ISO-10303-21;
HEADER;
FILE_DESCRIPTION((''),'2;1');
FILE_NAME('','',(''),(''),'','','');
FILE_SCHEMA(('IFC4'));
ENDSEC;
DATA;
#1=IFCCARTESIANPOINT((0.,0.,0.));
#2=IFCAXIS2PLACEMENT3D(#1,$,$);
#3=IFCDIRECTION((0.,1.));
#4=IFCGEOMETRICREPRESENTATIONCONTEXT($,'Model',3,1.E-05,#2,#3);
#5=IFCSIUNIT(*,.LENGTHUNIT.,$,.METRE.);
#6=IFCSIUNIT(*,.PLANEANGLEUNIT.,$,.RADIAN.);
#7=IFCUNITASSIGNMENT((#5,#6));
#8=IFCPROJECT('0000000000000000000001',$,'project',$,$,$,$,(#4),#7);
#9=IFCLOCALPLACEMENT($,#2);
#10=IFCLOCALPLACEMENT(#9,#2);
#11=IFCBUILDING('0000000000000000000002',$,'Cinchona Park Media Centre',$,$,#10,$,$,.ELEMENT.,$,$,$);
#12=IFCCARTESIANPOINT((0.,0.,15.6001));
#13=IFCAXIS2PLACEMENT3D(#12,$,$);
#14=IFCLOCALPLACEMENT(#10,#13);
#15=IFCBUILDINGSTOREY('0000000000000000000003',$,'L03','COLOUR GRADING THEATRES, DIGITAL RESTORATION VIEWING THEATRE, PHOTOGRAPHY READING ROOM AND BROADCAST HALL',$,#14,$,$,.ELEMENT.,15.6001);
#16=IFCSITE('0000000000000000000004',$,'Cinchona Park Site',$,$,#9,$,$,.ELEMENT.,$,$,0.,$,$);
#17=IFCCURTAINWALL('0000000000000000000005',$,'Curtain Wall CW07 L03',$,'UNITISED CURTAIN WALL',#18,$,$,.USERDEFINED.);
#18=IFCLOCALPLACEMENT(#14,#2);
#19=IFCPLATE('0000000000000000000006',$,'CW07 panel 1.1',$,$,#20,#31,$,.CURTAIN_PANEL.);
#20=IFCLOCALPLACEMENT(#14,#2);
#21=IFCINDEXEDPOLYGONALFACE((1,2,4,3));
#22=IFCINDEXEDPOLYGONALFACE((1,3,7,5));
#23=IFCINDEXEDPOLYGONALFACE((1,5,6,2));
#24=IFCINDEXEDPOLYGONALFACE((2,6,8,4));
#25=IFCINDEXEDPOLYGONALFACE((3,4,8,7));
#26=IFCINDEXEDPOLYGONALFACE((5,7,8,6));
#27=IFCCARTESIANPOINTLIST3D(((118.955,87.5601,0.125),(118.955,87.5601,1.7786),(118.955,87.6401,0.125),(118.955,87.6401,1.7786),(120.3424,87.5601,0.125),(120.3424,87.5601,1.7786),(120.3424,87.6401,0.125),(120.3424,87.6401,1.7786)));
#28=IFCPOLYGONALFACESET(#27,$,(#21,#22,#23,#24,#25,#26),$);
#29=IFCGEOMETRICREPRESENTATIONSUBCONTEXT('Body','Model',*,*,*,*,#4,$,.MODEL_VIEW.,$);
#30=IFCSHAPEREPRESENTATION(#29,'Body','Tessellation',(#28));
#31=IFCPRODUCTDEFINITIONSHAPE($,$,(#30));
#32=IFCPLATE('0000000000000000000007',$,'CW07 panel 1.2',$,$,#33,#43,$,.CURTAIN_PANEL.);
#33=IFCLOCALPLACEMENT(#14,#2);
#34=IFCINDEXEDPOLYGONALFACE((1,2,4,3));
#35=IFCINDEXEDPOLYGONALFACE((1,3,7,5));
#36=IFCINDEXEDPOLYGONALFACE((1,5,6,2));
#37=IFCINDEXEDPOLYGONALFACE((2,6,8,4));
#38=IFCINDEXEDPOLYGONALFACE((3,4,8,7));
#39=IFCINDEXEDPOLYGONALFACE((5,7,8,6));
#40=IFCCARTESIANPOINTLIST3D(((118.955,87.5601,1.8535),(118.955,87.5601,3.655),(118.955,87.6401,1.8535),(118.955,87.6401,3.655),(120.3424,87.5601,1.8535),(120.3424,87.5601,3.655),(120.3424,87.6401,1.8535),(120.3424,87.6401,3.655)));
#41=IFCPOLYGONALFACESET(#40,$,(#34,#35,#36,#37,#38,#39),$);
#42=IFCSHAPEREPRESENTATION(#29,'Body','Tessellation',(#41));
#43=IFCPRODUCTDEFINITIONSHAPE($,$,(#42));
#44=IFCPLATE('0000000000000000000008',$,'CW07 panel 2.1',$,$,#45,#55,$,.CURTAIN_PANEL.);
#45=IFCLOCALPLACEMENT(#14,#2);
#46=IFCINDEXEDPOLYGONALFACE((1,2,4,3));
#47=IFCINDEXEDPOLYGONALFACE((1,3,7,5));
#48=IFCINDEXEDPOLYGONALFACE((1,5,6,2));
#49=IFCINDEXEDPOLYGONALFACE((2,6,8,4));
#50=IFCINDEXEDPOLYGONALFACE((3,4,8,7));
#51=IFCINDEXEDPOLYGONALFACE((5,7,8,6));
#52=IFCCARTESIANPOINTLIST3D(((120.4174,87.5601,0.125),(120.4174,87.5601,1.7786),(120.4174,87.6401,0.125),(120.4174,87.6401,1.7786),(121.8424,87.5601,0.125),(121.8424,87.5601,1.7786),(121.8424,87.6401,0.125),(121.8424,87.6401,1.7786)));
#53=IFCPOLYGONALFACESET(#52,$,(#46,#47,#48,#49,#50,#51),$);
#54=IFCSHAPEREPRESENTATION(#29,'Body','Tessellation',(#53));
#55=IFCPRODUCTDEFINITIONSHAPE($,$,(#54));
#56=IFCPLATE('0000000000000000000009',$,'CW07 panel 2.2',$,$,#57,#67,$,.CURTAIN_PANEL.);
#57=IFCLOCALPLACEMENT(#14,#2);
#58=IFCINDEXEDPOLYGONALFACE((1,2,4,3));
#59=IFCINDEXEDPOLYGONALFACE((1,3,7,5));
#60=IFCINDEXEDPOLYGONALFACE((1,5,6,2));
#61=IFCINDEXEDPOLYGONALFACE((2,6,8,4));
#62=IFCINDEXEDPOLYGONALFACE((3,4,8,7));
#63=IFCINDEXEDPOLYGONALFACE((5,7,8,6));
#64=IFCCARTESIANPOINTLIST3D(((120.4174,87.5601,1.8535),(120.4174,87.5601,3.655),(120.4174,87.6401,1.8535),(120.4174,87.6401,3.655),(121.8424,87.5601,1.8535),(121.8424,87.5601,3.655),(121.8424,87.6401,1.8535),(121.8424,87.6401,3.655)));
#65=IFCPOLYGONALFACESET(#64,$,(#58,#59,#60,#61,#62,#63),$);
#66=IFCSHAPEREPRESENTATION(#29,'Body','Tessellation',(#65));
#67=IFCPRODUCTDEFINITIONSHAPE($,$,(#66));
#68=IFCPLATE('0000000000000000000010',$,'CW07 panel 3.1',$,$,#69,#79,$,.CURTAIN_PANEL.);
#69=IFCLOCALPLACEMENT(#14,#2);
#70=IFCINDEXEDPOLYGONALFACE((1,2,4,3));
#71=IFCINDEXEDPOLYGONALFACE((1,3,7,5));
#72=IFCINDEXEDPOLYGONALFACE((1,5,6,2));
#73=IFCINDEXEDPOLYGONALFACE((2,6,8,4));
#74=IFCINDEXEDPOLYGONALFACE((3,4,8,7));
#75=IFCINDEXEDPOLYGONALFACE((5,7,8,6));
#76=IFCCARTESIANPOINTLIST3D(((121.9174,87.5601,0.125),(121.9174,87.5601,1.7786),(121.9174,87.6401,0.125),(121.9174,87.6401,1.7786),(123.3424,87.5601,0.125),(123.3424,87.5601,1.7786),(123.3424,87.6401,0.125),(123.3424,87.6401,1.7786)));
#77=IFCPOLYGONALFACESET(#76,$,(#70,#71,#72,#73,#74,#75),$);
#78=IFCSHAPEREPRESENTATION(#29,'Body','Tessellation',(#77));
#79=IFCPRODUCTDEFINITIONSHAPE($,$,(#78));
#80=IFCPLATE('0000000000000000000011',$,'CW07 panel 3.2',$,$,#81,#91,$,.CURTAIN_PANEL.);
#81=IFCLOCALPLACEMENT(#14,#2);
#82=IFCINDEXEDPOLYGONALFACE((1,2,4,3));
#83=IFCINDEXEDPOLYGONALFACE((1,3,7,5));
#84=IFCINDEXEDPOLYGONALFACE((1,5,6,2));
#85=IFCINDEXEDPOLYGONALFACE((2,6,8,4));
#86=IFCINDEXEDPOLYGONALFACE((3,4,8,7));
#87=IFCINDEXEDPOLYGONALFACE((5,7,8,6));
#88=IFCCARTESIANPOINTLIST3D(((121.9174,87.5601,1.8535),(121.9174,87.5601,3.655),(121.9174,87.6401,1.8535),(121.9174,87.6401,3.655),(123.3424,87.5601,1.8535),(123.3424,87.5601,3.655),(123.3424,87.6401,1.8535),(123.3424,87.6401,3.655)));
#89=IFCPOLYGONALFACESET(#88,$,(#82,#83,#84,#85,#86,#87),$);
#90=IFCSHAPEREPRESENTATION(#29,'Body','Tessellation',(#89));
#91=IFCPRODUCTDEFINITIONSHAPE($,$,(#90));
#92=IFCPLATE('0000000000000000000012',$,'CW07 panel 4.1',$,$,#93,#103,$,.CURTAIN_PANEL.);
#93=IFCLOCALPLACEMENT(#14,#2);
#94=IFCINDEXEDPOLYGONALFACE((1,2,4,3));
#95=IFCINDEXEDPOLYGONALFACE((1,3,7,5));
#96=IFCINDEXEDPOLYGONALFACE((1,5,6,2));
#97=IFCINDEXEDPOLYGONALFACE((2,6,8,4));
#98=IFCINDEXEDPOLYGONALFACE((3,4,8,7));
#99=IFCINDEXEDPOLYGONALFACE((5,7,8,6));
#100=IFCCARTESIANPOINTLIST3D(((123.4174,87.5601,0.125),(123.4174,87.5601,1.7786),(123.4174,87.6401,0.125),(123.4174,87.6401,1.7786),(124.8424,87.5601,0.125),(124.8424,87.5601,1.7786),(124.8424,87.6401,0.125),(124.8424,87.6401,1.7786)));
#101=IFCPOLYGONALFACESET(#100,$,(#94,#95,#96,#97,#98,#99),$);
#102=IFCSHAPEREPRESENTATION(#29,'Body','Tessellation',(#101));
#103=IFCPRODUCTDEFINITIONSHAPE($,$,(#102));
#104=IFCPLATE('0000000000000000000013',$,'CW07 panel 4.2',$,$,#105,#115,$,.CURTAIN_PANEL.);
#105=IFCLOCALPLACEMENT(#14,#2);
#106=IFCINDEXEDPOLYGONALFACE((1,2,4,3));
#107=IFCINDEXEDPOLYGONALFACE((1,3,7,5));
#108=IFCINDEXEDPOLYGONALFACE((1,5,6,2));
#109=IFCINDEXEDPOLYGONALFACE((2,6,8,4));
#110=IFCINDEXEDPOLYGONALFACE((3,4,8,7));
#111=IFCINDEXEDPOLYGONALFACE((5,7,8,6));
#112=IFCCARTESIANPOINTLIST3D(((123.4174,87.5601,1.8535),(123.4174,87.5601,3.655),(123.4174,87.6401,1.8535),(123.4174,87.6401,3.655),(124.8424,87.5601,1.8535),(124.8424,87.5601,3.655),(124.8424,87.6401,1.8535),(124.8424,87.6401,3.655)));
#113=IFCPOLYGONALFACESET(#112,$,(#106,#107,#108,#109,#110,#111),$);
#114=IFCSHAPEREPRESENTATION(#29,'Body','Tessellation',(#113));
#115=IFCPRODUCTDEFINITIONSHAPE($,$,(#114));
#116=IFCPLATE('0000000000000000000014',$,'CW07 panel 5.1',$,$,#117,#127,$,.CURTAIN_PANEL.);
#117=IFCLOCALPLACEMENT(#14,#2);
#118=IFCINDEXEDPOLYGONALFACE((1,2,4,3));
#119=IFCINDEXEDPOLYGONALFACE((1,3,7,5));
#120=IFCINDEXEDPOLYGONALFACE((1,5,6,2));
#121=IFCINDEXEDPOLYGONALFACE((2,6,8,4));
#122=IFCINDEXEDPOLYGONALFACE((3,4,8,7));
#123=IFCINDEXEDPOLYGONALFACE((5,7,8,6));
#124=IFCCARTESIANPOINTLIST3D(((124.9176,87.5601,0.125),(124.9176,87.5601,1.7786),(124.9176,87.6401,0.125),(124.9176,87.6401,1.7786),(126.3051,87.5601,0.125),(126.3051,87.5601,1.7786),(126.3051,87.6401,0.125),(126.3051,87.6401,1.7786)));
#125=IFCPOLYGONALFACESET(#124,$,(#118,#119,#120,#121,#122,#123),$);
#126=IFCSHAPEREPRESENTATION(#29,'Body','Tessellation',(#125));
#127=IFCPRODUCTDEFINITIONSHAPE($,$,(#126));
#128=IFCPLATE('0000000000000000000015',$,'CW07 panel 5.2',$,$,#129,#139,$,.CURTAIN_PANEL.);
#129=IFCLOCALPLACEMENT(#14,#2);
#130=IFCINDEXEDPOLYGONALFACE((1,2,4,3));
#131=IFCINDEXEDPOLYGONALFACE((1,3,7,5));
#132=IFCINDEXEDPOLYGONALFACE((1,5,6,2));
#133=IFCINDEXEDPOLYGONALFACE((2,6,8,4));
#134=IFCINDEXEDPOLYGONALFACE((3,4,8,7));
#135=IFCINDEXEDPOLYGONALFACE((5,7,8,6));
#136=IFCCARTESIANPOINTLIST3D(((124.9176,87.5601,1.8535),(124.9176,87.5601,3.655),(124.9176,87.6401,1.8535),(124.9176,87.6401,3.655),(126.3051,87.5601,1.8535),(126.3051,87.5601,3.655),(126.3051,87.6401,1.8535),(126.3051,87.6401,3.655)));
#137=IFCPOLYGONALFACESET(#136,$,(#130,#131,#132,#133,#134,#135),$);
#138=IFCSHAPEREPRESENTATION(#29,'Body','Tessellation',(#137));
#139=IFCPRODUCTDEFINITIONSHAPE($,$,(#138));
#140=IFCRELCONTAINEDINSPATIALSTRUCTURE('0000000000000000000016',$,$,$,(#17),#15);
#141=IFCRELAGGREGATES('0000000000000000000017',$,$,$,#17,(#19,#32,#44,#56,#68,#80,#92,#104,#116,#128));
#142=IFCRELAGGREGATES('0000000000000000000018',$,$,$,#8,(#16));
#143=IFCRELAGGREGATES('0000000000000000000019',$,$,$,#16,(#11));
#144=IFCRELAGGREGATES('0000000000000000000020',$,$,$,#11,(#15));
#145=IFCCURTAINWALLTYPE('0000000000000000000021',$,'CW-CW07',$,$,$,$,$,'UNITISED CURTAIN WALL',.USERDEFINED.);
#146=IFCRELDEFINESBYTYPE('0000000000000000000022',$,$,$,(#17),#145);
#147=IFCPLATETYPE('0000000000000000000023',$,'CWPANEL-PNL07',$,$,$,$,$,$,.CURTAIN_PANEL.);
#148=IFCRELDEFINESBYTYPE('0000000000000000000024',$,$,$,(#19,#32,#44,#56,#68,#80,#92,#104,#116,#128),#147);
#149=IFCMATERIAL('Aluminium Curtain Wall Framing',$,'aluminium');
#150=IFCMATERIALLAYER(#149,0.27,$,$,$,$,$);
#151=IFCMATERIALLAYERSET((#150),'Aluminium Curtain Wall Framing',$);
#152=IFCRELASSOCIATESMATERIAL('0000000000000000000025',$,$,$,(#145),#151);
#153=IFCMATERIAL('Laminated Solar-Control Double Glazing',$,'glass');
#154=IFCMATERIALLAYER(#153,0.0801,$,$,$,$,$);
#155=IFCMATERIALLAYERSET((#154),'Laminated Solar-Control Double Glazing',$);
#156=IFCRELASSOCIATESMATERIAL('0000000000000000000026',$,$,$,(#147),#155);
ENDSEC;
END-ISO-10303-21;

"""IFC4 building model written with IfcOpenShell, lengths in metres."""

from ifc_helpers import new_model, si_unit, direction, frame, origin, origin_2d, place, context, subcontext, project, spatial, rectangle, extrude, material, layer, layer_set, type_object, element, aggregate, save


model = new_model("IFC4")

# Units and contexts
model_context = context("Model", 3, precision=1e-05, world=origin(), true_north=direction((0.0, 1.0)))
body_context = subcontext(model_context, "Body", "Model", "MODEL_VIEW")
ifc_project = project(units=[si_unit("LENGTHUNIT", "METRE"), si_unit("PLANEANGLEUNIT", "RADIAN")], contexts=[model_context])

# Site, building, storey
site_placement = place(None, origin())
site = spatial("IfcSite", under=ifc_project, at=site_placement, Name="Cinchona Park Site", CompositionType="ELEMENT", RefElevation=0.0)
building_placement = place(site_placement, origin())
building = spatial("IfcBuilding", under=site, at=building_placement, Name="Cinchona Park Media Centre", CompositionType="ELEMENT")
storey_placement = place(building_placement, frame((0.0, 0.0, 15.6001)))
storey = spatial("IfcBuildingStorey", under=building, at=storey_placement, Name="L03", Description="COLOUR GRADING THEATRES, DIGITAL RESTORATION VIEWING THEATRE, PHOTOGRAPHY READING ROOM AND BROADCAST HALL", CompositionType="ELEMENT", Elevation=15.6001)

# Curtain wall
ifc_material_1 = material(Name="Aluminium Curtain Wall Framing", Category="aluminium")
ifc_layer_1 = layer(ifc_material_1, 0.27)
ifc_layer_set_1 = layer_set([ifc_layer_1], Name="Aluminium Curtain Wall Framing")
curtain_wall_type_1 = type_object("IfcCurtainWallType", Name="CW-CW07", ElementType="UNITISED CURTAIN WALL", PredefinedType="USERDEFINED", material=ifc_layer_set_1)
curtain_wall_1_placement = place(storey_placement, origin())
curtain_wall_1 = element("IfcCurtainWall", 1, at=curtain_wall_1_placement, inside=storey, type_object=curtain_wall_type_1, Name="Curtain Wall CW07 L03", ObjectType="UNITISED CURTAIN WALL", PredefinedType="USERDEFINED")

# Plates
ifc_material_2 = material(Name="Laminated Solar-Control Double Glazing", Category="glass")
ifc_layer_2 = layer(ifc_material_2, 0.0801)
ifc_layer_set_2 = layer_set([ifc_layer_2], Name="Laminated Solar-Control Double Glazing")
plate_type_1 = type_object("IfcPlateType", Name="CWPANEL-PNL07", PredefinedType="CURTAIN_PANEL", material=ifc_layer_set_2)
plate_1_placement = place(storey_placement, frame((119.6487, 87.6001, 0.125), z_axis=(0.0, 0.0, 1.0), x_axis=(1.0, 0.0, 0.0)))
plate_1 = element("IfcPlate", 2, at=plate_1_placement, type_object=plate_type_1, Name="CW07 panel 1.1", PredefinedType="CURTAIN_PANEL", context=body_context, shape_type="SweptSolid", body=[
    extrude(rectangle(XDim=1.3875, YDim=0.0801, at=origin_2d()), origin(), (0.0, 0.0, 1.0), 1.6536),
])
plate_2_placement = place(storey_placement, frame((119.6487, 87.6001, 1.8535), z_axis=(0.0, 0.0, 1.0), x_axis=(1.0, 0.0, 0.0)))
plate_2 = element("IfcPlate", 3, at=plate_2_placement, type_object=plate_type_1, Name="CW07 panel 1.2", PredefinedType="CURTAIN_PANEL", context=body_context, shape_type="SweptSolid", body=[
    extrude(rectangle(XDim=1.3875, YDim=0.0801, at=origin_2d()), origin(), (0.0, 0.0, 1.0), 1.8015),
])
plate_3_placement = place(storey_placement, frame((121.1299, 87.6001, 0.125), z_axis=(0.0, 0.0, 1.0), x_axis=(1.0, 0.0, 0.0)))
plate_3 = element("IfcPlate", 4, at=plate_3_placement, type_object=plate_type_1, Name="CW07 panel 2.1", PredefinedType="CURTAIN_PANEL", context=body_context, shape_type="SweptSolid", body=[
    extrude(rectangle(XDim=1.425, YDim=0.0801, at=origin_2d()), origin(), (0.0, 0.0, 1.0), 1.6536),
])
plate_4_placement = place(storey_placement, frame((121.1299, 87.6001, 1.8535), z_axis=(0.0, 0.0, 1.0), x_axis=(1.0, 0.0, 0.0)))
plate_4 = element("IfcPlate", 5, at=plate_4_placement, type_object=plate_type_1, Name="CW07 panel 2.2", PredefinedType="CURTAIN_PANEL", context=body_context, shape_type="SweptSolid", body=[
    extrude(rectangle(XDim=1.425, YDim=0.0801, at=origin_2d()), origin(), (0.0, 0.0, 1.0), 1.8015),
])
plate_5_placement = place(storey_placement, frame((122.6299, 87.6001, 0.125), z_axis=(0.0, 0.0, 1.0), x_axis=(1.0, 0.0, 0.0)))
plate_5 = element("IfcPlate", 6, at=plate_5_placement, type_object=plate_type_1, Name="CW07 panel 3.1", PredefinedType="CURTAIN_PANEL", context=body_context, shape_type="SweptSolid", body=[
    extrude(rectangle(XDim=1.425, YDim=0.0801, at=origin_2d()), origin(), (0.0, 0.0, 1.0), 1.6536),
])
plate_6_placement = place(storey_placement, frame((122.6299, 87.6001, 1.8535), z_axis=(0.0, 0.0, 1.0), x_axis=(1.0, 0.0, 0.0)))
plate_6 = element("IfcPlate", 7, at=plate_6_placement, type_object=plate_type_1, Name="CW07 panel 3.2", PredefinedType="CURTAIN_PANEL", context=body_context, shape_type="SweptSolid", body=[
    extrude(rectangle(XDim=1.425, YDim=0.0801, at=origin_2d()), origin(), (0.0, 0.0, 1.0), 1.8015),
])
plate_7_placement = place(storey_placement, frame((124.1299, 87.6001, 0.125), z_axis=(0.0, 0.0, 1.0), x_axis=(1.0, 0.0, 0.0)))
plate_7 = element("IfcPlate", 8, at=plate_7_placement, type_object=plate_type_1, Name="CW07 panel 4.1", PredefinedType="CURTAIN_PANEL", context=body_context, shape_type="SweptSolid", body=[
    extrude(rectangle(XDim=1.425, YDim=0.0801, at=origin_2d()), origin(), (0.0, 0.0, 1.0), 1.6536),
])
plate_8_placement = place(storey_placement, frame((124.1299, 87.6001, 1.8535), z_axis=(0.0, 0.0, 1.0), x_axis=(1.0, 0.0, 0.0)))
plate_8 = element("IfcPlate", 9, at=plate_8_placement, type_object=plate_type_1, Name="CW07 panel 4.2", PredefinedType="CURTAIN_PANEL", context=body_context, shape_type="SweptSolid", body=[
    extrude(rectangle(XDim=1.425, YDim=0.0801, at=origin_2d()), origin(), (0.0, 0.0, 1.0), 1.8015),
])
plate_9_placement = place(storey_placement, frame((125.6113, 87.6001, 0.125), z_axis=(0.0, 0.0, 1.0), x_axis=(1.0, 0.0, 0.0)))
plate_9 = element("IfcPlate", 10, at=plate_9_placement, type_object=plate_type_1, Name="CW07 panel 5.1", PredefinedType="CURTAIN_PANEL", context=body_context, shape_type="SweptSolid", body=[
    extrude(rectangle(XDim=1.3875, YDim=0.0801, at=origin_2d()), origin(), (0.0, 0.0, 1.0), 1.6536),
])
plate_10_placement = place(storey_placement, frame((125.6113, 87.6001, 1.8535), z_axis=(0.0, 0.0, 1.0), x_axis=(1.0, 0.0, 0.0)))
plate_10 = element("IfcPlate", 11, at=plate_10_placement, type_object=plate_type_1, Name="CW07 panel 5.2", PredefinedType="CURTAIN_PANEL", context=body_context, shape_type="SweptSolid", body=[
    extrude(rectangle(XDim=1.3875, YDim=0.0801, at=origin_2d()), origin(), (0.0, 0.0, 1.0), 1.8015),
])
aggregate(curtain_wall_1, [plate_1, plate_2, plate_3, plate_4, plate_5, plate_6, plate_7, plate_8, plate_9, plate_10])

save(model, "model.ifc")
